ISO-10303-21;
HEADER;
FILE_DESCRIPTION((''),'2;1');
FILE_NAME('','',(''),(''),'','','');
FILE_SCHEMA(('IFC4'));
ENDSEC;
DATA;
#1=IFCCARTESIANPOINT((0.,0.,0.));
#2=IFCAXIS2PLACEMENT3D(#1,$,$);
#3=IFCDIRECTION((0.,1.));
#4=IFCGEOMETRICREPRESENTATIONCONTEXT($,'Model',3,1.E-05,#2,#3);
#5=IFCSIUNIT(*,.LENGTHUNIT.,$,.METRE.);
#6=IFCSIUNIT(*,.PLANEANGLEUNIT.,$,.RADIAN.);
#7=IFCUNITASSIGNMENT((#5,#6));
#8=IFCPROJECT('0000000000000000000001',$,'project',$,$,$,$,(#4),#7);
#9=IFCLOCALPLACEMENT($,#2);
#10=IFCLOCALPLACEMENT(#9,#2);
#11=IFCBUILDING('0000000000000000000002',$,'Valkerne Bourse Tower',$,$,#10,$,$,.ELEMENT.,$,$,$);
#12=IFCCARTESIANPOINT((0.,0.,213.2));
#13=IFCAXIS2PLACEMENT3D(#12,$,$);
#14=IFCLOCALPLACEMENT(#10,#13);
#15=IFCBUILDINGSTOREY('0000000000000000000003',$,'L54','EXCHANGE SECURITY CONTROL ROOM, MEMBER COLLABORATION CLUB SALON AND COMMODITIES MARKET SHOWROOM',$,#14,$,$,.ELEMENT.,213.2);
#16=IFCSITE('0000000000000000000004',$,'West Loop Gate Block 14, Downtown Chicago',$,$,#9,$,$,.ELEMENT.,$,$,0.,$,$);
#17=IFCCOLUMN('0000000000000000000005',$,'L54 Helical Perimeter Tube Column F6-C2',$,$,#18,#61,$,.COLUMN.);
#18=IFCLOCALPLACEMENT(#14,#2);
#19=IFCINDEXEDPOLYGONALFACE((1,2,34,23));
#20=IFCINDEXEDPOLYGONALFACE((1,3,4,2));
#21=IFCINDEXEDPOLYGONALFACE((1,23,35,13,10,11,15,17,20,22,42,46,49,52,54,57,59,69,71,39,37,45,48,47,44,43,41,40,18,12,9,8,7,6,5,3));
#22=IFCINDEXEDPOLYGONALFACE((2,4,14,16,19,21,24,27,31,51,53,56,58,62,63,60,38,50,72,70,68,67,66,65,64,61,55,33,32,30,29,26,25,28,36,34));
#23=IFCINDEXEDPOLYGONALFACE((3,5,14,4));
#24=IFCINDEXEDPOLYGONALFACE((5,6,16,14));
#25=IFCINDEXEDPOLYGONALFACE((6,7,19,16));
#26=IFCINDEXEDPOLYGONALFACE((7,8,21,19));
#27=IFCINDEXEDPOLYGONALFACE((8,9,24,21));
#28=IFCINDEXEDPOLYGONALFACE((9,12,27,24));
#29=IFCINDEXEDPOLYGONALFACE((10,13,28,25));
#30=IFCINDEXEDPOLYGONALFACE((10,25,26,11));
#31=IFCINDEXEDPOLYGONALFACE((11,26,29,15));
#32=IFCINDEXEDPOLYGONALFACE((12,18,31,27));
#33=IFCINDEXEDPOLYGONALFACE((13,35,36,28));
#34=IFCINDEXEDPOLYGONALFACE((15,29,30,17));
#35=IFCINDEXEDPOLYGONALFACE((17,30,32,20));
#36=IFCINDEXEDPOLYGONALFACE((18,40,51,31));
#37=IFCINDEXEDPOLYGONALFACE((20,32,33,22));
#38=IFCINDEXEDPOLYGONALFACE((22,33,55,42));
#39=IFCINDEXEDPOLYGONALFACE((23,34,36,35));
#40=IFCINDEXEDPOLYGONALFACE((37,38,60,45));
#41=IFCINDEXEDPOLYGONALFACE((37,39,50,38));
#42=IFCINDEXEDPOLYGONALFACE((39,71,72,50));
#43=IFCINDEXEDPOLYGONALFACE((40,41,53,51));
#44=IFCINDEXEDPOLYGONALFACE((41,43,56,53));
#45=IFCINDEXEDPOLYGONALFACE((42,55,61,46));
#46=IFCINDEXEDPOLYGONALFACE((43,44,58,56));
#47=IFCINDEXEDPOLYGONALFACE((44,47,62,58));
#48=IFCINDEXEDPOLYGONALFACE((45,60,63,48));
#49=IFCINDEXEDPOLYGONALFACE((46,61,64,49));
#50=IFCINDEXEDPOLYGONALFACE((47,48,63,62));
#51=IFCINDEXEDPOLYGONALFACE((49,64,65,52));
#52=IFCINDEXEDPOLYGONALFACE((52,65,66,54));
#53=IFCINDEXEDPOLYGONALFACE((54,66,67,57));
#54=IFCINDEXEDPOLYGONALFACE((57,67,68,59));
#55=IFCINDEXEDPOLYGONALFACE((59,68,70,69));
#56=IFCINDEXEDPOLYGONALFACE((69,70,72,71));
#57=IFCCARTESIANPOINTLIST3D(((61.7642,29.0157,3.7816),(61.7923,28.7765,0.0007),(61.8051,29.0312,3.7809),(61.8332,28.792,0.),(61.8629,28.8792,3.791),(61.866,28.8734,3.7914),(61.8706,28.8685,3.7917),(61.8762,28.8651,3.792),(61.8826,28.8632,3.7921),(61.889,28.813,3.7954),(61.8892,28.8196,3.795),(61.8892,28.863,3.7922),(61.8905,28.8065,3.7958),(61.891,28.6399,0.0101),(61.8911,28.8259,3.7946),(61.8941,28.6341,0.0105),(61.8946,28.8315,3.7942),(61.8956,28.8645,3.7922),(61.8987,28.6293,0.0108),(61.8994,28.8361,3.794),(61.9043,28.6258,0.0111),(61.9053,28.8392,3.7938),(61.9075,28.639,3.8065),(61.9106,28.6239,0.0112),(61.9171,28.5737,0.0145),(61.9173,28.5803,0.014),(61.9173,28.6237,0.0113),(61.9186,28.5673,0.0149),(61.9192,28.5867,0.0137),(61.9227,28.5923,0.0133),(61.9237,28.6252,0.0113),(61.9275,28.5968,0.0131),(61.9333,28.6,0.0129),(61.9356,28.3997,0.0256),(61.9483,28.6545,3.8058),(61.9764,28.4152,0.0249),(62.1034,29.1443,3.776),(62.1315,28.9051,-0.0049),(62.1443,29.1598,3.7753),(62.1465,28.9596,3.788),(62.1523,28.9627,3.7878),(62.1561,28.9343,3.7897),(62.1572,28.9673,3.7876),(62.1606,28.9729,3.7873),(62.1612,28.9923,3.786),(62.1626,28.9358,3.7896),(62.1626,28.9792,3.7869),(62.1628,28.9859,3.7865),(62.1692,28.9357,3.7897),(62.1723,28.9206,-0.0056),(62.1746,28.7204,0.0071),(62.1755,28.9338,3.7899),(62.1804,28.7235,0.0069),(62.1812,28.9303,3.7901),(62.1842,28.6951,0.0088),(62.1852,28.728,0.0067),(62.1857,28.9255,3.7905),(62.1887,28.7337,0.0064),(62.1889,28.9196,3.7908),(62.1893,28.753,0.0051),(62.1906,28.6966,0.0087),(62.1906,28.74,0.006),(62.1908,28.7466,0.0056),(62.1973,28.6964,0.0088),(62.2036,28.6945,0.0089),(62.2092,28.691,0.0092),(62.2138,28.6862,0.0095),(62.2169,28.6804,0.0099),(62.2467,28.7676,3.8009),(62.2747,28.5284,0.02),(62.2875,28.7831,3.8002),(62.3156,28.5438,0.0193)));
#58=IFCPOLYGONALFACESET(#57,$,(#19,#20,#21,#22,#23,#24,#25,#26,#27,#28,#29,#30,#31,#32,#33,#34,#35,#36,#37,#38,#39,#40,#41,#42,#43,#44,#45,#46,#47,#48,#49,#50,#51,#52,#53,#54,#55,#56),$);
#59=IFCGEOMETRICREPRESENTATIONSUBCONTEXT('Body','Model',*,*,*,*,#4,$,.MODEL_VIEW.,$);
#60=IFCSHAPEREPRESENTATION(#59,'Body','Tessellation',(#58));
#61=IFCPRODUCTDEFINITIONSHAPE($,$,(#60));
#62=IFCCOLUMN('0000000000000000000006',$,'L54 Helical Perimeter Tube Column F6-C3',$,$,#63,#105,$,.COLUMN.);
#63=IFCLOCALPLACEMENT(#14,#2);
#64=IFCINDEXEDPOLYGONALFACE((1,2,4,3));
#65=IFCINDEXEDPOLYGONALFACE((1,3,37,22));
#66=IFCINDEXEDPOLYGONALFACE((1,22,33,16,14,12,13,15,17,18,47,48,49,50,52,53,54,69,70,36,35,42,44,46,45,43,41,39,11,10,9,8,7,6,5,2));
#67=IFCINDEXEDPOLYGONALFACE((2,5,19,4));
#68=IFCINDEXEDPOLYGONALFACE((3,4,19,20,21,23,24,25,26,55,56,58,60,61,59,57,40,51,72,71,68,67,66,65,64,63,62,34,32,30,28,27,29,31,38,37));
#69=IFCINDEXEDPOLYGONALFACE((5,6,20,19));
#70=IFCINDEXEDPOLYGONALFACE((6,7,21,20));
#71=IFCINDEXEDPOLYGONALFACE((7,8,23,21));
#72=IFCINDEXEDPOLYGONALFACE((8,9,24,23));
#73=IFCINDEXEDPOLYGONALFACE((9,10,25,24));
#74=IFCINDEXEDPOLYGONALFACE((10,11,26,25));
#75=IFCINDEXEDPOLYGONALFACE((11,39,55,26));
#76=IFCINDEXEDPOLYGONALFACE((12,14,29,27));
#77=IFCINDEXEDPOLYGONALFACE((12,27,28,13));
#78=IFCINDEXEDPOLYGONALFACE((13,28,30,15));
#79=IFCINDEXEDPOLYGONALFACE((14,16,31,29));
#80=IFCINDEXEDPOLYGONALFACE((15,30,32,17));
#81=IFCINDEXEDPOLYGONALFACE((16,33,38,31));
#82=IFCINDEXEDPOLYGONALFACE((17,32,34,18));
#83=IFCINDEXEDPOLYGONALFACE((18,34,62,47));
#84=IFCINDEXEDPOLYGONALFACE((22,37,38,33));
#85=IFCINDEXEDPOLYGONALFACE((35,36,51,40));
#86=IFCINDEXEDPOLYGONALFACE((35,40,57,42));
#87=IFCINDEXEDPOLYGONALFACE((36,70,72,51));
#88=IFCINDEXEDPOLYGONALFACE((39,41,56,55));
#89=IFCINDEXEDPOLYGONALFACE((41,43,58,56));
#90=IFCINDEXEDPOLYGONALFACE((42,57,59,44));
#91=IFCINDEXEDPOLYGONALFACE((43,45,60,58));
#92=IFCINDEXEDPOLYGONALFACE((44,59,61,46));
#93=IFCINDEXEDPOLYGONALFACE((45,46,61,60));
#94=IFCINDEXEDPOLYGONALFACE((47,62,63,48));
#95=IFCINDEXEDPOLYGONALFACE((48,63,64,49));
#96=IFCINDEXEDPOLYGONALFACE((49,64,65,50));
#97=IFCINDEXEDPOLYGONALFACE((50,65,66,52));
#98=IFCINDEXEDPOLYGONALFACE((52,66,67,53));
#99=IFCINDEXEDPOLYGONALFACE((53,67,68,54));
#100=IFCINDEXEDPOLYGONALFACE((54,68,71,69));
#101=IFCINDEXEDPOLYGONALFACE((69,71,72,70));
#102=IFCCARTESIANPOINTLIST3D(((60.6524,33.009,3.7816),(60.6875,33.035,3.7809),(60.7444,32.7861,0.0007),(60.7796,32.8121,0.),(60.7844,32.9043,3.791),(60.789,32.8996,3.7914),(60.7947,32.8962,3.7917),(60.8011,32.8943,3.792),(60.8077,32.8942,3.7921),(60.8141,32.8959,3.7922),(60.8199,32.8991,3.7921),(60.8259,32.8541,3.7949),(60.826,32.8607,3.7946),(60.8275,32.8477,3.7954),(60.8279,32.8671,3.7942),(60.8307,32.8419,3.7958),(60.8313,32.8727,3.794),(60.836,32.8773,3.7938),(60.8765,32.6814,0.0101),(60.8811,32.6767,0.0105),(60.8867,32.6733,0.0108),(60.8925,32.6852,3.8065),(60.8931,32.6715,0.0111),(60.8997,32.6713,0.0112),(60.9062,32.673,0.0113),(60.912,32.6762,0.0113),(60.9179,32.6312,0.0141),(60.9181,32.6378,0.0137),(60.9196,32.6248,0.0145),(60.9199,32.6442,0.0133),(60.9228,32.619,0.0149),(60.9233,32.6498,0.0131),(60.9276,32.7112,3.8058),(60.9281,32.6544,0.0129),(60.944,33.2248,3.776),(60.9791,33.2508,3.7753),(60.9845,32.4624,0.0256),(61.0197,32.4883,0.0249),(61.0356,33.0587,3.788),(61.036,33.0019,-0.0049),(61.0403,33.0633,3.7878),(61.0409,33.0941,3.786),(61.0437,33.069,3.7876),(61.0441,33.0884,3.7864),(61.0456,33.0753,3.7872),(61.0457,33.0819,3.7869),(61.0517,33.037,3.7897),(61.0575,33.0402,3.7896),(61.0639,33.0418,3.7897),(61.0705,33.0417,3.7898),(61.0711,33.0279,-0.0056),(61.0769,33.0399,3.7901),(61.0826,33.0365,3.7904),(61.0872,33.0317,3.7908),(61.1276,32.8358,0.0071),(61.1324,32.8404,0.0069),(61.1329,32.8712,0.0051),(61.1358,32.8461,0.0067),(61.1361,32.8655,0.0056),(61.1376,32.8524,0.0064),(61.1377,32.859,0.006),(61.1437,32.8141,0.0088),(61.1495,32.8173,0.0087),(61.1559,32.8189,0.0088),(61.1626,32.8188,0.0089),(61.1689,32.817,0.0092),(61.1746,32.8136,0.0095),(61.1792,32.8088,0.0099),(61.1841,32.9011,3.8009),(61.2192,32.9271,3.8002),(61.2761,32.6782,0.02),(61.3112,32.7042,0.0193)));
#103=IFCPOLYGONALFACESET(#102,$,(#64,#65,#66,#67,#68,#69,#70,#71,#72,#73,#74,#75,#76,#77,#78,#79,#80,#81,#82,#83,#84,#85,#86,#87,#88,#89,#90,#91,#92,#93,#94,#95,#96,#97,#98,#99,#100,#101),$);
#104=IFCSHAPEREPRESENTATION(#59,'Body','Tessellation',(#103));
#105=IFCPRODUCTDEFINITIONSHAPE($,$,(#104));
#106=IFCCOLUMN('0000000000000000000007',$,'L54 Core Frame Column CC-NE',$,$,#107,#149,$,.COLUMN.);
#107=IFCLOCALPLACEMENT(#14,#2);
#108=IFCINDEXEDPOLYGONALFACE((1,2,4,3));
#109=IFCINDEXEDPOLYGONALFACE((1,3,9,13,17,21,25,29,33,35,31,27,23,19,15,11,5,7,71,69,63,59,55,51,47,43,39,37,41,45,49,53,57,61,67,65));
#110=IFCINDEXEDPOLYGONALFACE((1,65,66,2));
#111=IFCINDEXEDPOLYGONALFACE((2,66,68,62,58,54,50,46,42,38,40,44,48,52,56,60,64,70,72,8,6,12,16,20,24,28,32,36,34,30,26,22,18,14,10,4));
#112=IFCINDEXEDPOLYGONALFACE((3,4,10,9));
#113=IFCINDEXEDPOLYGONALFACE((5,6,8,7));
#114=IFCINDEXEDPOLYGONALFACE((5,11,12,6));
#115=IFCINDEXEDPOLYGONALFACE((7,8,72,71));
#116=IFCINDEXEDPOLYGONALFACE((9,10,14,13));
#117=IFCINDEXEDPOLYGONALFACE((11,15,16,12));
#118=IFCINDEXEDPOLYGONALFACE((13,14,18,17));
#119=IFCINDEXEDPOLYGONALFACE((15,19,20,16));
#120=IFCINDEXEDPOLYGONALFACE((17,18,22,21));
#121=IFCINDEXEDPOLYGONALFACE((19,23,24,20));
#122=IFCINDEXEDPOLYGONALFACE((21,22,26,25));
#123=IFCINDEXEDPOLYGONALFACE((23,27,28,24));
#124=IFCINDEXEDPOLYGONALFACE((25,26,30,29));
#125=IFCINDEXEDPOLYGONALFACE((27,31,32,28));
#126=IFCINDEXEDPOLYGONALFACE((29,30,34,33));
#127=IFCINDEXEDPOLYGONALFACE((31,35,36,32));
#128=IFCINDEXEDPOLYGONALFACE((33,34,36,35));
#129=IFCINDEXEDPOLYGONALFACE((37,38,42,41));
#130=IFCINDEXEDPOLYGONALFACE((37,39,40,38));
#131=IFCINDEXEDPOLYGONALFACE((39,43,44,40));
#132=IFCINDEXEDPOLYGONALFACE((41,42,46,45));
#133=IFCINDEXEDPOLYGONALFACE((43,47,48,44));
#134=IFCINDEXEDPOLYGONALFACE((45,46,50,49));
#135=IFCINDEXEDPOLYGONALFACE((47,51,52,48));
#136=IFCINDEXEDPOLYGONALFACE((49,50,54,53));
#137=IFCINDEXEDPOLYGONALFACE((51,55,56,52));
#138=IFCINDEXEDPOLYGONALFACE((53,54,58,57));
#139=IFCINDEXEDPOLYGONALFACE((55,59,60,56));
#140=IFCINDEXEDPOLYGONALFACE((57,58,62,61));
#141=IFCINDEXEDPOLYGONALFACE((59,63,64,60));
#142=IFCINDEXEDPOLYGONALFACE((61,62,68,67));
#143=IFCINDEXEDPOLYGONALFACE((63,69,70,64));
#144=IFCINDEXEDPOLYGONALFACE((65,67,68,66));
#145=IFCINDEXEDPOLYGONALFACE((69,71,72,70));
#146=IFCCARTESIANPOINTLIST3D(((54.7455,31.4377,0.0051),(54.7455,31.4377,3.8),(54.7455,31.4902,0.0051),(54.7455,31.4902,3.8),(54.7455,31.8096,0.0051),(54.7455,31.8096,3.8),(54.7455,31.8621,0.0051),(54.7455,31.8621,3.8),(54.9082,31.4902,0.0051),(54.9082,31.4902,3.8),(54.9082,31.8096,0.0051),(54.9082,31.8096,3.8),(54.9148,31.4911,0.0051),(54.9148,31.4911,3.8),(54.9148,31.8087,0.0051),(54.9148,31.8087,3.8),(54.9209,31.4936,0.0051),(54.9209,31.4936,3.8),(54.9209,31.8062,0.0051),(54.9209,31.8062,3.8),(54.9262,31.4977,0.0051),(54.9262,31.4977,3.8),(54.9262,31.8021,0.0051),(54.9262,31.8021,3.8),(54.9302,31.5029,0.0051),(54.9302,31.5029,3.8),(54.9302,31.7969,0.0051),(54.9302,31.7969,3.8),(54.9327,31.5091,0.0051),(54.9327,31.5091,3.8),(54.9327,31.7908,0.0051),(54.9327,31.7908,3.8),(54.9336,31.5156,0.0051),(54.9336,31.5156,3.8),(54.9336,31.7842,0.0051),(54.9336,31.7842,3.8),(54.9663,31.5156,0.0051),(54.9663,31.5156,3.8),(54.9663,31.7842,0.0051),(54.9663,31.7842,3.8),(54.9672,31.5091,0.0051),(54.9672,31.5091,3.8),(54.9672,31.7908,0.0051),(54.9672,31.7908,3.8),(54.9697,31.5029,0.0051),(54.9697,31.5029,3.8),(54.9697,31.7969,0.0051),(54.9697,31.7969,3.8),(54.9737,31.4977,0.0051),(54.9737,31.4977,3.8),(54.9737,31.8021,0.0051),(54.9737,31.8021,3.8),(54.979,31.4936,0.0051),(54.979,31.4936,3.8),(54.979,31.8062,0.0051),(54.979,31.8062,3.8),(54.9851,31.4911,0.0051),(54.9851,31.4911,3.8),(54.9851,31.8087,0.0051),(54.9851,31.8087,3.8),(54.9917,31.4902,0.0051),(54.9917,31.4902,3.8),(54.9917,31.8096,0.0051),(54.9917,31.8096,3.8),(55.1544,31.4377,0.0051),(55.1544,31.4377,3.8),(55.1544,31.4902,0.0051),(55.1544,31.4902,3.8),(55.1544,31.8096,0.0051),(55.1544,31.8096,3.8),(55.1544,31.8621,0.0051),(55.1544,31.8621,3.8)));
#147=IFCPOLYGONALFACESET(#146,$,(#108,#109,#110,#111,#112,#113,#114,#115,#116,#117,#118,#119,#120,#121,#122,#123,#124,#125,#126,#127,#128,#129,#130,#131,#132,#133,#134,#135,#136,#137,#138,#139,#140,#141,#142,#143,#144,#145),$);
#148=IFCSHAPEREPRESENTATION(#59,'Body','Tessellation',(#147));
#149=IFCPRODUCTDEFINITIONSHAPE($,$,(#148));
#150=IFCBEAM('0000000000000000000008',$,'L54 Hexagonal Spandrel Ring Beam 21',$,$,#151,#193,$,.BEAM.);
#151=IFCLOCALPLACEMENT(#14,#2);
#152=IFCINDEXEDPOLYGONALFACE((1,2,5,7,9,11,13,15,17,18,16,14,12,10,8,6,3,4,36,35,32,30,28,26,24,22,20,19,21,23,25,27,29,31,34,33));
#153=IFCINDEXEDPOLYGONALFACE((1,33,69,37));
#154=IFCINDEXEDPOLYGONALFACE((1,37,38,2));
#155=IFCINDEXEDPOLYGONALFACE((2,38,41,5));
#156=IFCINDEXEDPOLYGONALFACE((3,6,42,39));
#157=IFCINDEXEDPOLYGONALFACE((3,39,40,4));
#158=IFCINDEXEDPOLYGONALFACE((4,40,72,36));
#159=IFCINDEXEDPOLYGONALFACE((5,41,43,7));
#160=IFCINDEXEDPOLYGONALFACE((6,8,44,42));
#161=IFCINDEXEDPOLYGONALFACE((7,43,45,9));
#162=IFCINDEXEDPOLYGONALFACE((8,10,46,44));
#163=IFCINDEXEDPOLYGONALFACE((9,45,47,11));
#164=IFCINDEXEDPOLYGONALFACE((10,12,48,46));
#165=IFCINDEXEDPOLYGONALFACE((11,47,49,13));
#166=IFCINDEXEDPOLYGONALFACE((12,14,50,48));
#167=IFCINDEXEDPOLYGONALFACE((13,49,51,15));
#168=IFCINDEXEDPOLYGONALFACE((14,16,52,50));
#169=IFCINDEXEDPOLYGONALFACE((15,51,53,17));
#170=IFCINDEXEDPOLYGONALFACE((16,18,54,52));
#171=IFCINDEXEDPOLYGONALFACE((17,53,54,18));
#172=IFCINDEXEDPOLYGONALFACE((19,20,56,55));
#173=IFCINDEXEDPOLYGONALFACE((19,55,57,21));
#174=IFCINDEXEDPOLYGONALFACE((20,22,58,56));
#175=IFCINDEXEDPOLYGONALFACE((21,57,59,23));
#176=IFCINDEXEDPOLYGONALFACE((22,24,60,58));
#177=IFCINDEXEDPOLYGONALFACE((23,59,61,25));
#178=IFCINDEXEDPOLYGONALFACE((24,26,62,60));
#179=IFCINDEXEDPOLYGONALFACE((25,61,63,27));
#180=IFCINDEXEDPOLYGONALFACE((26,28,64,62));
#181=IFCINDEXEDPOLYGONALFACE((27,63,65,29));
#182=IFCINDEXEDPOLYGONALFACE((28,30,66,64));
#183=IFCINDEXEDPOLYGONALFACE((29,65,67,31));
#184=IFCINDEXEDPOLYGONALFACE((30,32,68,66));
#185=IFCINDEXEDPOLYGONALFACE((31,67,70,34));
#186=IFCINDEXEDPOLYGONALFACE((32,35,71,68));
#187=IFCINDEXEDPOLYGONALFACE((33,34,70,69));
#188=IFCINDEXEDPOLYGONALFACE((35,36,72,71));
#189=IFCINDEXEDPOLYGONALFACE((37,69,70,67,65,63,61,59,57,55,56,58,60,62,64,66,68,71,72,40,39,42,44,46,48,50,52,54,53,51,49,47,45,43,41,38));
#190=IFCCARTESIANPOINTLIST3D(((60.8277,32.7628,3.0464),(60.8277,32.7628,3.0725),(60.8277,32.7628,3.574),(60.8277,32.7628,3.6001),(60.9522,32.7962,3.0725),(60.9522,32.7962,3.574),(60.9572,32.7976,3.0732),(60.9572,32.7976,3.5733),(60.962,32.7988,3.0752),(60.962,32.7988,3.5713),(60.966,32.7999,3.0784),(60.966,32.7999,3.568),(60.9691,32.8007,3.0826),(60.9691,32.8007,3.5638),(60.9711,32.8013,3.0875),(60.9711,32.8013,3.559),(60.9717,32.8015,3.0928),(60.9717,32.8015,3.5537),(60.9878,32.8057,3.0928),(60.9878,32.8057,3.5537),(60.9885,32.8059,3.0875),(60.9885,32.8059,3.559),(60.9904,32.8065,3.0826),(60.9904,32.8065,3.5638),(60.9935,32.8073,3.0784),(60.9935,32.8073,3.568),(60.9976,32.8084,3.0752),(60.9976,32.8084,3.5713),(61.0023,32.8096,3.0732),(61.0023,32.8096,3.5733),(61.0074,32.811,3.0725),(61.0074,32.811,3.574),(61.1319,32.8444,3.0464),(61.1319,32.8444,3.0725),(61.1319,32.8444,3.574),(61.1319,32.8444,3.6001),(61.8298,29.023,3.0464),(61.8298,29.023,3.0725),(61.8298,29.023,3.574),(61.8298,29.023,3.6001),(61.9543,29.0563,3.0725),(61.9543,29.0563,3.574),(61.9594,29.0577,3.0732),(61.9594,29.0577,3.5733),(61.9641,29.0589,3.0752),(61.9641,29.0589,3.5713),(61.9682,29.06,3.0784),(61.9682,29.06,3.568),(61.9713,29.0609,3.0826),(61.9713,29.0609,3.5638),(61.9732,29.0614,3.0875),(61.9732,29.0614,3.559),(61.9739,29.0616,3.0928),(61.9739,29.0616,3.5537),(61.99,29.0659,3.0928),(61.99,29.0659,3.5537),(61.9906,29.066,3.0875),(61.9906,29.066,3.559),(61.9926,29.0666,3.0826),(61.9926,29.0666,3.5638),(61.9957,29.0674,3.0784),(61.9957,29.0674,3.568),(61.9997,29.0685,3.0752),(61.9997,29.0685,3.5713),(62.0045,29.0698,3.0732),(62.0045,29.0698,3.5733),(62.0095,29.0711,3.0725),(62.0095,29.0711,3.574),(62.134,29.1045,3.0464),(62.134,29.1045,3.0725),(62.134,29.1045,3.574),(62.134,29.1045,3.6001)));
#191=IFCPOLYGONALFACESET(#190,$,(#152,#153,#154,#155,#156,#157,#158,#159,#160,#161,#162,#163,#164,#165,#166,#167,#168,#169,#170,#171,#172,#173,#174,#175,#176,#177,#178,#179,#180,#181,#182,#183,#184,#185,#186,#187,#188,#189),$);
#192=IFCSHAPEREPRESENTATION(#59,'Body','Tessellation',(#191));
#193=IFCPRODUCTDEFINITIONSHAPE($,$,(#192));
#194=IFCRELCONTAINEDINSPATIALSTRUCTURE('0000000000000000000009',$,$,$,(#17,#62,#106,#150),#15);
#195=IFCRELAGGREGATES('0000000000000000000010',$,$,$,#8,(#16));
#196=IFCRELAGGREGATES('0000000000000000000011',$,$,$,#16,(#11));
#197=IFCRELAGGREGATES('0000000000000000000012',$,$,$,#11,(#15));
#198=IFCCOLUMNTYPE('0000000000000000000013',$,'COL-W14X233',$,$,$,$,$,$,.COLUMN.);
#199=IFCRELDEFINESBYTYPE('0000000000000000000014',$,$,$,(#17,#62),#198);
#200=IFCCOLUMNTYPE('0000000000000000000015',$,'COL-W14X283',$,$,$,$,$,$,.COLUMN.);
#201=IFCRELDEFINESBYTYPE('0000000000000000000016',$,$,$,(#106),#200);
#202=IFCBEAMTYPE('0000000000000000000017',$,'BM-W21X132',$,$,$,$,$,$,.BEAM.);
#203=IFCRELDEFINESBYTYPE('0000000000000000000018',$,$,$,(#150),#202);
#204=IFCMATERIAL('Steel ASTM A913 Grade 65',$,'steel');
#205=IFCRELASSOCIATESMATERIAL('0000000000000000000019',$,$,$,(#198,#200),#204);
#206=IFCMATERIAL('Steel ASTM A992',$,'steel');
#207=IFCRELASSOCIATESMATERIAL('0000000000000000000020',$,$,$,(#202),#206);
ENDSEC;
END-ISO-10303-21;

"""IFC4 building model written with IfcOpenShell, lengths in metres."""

from ifc_helpers import new_model, si_unit, direction, frame, origin, origin_2d, place, context, subcontext, project, spatial, i_section, extrude, material, material_profile, profile_set, type_object, element, save


model = new_model("IFC4")

# Units and contexts
model_context = context("Model", 3, precision=1e-05, world=origin(), true_north=direction((0.0, 1.0)))
body_context = subcontext(model_context, "Body", "Model", "MODEL_VIEW")
ifc_project = project(units=[si_unit("LENGTHUNIT", "METRE"), si_unit("PLANEANGLEUNIT", "RADIAN")], contexts=[model_context])

# Site, building, storey
site_placement = place(None, origin())
site = spatial("IfcSite", under=ifc_project, at=site_placement, Name="West Loop Gate Block 14, Downtown Chicago", CompositionType="ELEMENT", RefElevation=0.0)
building_placement = place(site_placement, origin())
building = spatial("IfcBuilding", under=site, at=building_placement, Name="Valkerne Bourse Tower", CompositionType="ELEMENT")
storey_placement = place(building_placement, frame((0.0, 0.0, 213.2)))
storey = spatial("IfcBuildingStorey", under=building, at=storey_placement, Name="L54", Description="EXCHANGE SECURITY CONTROL ROOM, MEMBER COLLABORATION CLUB SALON AND COMMODITIES MARKET SHOWROOM", CompositionType="ELEMENT", Elevation=213.2)

# Columns
ifc_material_1 = material(Name="Steel ASTM A913 Grade 65", Category="steel")
ifc_material_profile_1 = material_profile(ifc_material_1, i_section(OverallWidth=0.4038, OverallDepth=0.4065, WebThickness=0.0271, FlangeThickness=0.0437, FilletRadius=0.0254, at=origin_2d()), Name="W14X233")
ifc_profile_set_1 = profile_set([ifc_material_profile_1], Name="Steel ASTM A913 Grade 65")
column_type_1 = type_object("IfcColumnType", Name="COL-W14X233", PredefinedType="COLUMN", material=ifc_profile_set_1)
for number, where, z_axis, x_axis, name in (
    (1, (62.054, 28.6602, 0.01), (-0.007411, 0.063151, 0.997976), (0.354762, -0.932921, 0.061668), "L54 Helical Perimeter Tube Column F6-C2"),
    (2, (61.0278, 32.7451, 0.01), (-0.024294, 0.058833, 0.997972), (0.59459, -0.801656, 0.061734), "L54 Helical Perimeter Tube Column F6-C3"),
):
    element("IfcColumn", number, at=place(storey_placement, frame(where, z_axis=z_axis, x_axis=x_axis)), inside=storey, type_object=column_type_1, Name=name, PredefinedType="COLUMN", context=body_context, shape_type="SweptSolid", body=[
        extrude(i_section(OverallWidth=0.4038, OverallDepth=0.4065, WebThickness=0.0271, FlangeThickness=0.0437, FilletRadius=0.0254, at=origin_2d()), origin(), (0.0, 0.0, 1.0), 3.7886),
    ])
ifc_material_profile_2 = material_profile(ifc_material_1, i_section(OverallWidth=0.4089, OverallDepth=0.4243, WebThickness=0.0327, FlangeThickness=0.0525, FilletRadius=0.0254, at=origin_2d()), Name="W14X283")
ifc_profile_set_2 = profile_set([ifc_material_profile_2], Name="Steel ASTM A913 Grade 65")
column_type_2 = type_object("IfcColumnType", Name="COL-W14X283", PredefinedType="COLUMN", material=ifc_profile_set_2)
column_placement = place(storey_placement, frame((54.95, 31.6499, 0.0051), z_axis=(0.0, 0.0, 1.0), x_axis=(1.0, 0.0, 0.0)))
element("IfcColumn", 3, at=column_placement, inside=storey, type_object=column_type_2, Name="L54 Core Frame Column CC-NE", PredefinedType="COLUMN", context=body_context, shape_type="SweptSolid", body=[
    extrude(i_section(OverallWidth=0.4089, OverallDepth=0.4243, WebThickness=0.0327, FlangeThickness=0.0525, FilletRadius=0.0254, at=origin_2d()), origin(), (0.0, 0.0, 1.0), 3.7949),
])

# Beam
ifc_material_2 = material(Name="Steel ASTM A992", Category="steel")
ifc_material_profile_3 = material_profile(ifc_material_2, i_section(OverallWidth=0.3149, OverallDepth=0.5537, WebThickness=0.0166, FlangeThickness=0.0261, FilletRadius=0.0203, at=origin_2d()), Name="W21X132")
ifc_profile_set_3 = profile_set([ifc_material_profile_3], Name="Steel ASTM A992")
beam_type_1 = type_object("IfcBeamType", Name="BM-W21X132", PredefinedType="BEAM", material=ifc_profile_set_3)
beam_1_placement = place(storey_placement, frame((61.9819, 29.0637, 3.3232), z_axis=(-0.258836, 0.965921, 0.0), x_axis=(-0.965921, -0.258836, 0.0)))
element("IfcBeam", 4, at=beam_1_placement, inside=storey, type_object=beam_type_1, Name="L54 Hexagonal Spandrel Ring Beam 21", PredefinedType="BEAM", context=body_context, shape_type="SweptSolid", body=[
    extrude(i_section(OverallWidth=0.3149, OverallDepth=0.5537, WebThickness=0.0166, FlangeThickness=0.0261, FilletRadius=0.0203, at=origin_2d()), origin(), (0.0, 0.0, 1.0), 3.8718),
])

save(model, "model.ifc")
